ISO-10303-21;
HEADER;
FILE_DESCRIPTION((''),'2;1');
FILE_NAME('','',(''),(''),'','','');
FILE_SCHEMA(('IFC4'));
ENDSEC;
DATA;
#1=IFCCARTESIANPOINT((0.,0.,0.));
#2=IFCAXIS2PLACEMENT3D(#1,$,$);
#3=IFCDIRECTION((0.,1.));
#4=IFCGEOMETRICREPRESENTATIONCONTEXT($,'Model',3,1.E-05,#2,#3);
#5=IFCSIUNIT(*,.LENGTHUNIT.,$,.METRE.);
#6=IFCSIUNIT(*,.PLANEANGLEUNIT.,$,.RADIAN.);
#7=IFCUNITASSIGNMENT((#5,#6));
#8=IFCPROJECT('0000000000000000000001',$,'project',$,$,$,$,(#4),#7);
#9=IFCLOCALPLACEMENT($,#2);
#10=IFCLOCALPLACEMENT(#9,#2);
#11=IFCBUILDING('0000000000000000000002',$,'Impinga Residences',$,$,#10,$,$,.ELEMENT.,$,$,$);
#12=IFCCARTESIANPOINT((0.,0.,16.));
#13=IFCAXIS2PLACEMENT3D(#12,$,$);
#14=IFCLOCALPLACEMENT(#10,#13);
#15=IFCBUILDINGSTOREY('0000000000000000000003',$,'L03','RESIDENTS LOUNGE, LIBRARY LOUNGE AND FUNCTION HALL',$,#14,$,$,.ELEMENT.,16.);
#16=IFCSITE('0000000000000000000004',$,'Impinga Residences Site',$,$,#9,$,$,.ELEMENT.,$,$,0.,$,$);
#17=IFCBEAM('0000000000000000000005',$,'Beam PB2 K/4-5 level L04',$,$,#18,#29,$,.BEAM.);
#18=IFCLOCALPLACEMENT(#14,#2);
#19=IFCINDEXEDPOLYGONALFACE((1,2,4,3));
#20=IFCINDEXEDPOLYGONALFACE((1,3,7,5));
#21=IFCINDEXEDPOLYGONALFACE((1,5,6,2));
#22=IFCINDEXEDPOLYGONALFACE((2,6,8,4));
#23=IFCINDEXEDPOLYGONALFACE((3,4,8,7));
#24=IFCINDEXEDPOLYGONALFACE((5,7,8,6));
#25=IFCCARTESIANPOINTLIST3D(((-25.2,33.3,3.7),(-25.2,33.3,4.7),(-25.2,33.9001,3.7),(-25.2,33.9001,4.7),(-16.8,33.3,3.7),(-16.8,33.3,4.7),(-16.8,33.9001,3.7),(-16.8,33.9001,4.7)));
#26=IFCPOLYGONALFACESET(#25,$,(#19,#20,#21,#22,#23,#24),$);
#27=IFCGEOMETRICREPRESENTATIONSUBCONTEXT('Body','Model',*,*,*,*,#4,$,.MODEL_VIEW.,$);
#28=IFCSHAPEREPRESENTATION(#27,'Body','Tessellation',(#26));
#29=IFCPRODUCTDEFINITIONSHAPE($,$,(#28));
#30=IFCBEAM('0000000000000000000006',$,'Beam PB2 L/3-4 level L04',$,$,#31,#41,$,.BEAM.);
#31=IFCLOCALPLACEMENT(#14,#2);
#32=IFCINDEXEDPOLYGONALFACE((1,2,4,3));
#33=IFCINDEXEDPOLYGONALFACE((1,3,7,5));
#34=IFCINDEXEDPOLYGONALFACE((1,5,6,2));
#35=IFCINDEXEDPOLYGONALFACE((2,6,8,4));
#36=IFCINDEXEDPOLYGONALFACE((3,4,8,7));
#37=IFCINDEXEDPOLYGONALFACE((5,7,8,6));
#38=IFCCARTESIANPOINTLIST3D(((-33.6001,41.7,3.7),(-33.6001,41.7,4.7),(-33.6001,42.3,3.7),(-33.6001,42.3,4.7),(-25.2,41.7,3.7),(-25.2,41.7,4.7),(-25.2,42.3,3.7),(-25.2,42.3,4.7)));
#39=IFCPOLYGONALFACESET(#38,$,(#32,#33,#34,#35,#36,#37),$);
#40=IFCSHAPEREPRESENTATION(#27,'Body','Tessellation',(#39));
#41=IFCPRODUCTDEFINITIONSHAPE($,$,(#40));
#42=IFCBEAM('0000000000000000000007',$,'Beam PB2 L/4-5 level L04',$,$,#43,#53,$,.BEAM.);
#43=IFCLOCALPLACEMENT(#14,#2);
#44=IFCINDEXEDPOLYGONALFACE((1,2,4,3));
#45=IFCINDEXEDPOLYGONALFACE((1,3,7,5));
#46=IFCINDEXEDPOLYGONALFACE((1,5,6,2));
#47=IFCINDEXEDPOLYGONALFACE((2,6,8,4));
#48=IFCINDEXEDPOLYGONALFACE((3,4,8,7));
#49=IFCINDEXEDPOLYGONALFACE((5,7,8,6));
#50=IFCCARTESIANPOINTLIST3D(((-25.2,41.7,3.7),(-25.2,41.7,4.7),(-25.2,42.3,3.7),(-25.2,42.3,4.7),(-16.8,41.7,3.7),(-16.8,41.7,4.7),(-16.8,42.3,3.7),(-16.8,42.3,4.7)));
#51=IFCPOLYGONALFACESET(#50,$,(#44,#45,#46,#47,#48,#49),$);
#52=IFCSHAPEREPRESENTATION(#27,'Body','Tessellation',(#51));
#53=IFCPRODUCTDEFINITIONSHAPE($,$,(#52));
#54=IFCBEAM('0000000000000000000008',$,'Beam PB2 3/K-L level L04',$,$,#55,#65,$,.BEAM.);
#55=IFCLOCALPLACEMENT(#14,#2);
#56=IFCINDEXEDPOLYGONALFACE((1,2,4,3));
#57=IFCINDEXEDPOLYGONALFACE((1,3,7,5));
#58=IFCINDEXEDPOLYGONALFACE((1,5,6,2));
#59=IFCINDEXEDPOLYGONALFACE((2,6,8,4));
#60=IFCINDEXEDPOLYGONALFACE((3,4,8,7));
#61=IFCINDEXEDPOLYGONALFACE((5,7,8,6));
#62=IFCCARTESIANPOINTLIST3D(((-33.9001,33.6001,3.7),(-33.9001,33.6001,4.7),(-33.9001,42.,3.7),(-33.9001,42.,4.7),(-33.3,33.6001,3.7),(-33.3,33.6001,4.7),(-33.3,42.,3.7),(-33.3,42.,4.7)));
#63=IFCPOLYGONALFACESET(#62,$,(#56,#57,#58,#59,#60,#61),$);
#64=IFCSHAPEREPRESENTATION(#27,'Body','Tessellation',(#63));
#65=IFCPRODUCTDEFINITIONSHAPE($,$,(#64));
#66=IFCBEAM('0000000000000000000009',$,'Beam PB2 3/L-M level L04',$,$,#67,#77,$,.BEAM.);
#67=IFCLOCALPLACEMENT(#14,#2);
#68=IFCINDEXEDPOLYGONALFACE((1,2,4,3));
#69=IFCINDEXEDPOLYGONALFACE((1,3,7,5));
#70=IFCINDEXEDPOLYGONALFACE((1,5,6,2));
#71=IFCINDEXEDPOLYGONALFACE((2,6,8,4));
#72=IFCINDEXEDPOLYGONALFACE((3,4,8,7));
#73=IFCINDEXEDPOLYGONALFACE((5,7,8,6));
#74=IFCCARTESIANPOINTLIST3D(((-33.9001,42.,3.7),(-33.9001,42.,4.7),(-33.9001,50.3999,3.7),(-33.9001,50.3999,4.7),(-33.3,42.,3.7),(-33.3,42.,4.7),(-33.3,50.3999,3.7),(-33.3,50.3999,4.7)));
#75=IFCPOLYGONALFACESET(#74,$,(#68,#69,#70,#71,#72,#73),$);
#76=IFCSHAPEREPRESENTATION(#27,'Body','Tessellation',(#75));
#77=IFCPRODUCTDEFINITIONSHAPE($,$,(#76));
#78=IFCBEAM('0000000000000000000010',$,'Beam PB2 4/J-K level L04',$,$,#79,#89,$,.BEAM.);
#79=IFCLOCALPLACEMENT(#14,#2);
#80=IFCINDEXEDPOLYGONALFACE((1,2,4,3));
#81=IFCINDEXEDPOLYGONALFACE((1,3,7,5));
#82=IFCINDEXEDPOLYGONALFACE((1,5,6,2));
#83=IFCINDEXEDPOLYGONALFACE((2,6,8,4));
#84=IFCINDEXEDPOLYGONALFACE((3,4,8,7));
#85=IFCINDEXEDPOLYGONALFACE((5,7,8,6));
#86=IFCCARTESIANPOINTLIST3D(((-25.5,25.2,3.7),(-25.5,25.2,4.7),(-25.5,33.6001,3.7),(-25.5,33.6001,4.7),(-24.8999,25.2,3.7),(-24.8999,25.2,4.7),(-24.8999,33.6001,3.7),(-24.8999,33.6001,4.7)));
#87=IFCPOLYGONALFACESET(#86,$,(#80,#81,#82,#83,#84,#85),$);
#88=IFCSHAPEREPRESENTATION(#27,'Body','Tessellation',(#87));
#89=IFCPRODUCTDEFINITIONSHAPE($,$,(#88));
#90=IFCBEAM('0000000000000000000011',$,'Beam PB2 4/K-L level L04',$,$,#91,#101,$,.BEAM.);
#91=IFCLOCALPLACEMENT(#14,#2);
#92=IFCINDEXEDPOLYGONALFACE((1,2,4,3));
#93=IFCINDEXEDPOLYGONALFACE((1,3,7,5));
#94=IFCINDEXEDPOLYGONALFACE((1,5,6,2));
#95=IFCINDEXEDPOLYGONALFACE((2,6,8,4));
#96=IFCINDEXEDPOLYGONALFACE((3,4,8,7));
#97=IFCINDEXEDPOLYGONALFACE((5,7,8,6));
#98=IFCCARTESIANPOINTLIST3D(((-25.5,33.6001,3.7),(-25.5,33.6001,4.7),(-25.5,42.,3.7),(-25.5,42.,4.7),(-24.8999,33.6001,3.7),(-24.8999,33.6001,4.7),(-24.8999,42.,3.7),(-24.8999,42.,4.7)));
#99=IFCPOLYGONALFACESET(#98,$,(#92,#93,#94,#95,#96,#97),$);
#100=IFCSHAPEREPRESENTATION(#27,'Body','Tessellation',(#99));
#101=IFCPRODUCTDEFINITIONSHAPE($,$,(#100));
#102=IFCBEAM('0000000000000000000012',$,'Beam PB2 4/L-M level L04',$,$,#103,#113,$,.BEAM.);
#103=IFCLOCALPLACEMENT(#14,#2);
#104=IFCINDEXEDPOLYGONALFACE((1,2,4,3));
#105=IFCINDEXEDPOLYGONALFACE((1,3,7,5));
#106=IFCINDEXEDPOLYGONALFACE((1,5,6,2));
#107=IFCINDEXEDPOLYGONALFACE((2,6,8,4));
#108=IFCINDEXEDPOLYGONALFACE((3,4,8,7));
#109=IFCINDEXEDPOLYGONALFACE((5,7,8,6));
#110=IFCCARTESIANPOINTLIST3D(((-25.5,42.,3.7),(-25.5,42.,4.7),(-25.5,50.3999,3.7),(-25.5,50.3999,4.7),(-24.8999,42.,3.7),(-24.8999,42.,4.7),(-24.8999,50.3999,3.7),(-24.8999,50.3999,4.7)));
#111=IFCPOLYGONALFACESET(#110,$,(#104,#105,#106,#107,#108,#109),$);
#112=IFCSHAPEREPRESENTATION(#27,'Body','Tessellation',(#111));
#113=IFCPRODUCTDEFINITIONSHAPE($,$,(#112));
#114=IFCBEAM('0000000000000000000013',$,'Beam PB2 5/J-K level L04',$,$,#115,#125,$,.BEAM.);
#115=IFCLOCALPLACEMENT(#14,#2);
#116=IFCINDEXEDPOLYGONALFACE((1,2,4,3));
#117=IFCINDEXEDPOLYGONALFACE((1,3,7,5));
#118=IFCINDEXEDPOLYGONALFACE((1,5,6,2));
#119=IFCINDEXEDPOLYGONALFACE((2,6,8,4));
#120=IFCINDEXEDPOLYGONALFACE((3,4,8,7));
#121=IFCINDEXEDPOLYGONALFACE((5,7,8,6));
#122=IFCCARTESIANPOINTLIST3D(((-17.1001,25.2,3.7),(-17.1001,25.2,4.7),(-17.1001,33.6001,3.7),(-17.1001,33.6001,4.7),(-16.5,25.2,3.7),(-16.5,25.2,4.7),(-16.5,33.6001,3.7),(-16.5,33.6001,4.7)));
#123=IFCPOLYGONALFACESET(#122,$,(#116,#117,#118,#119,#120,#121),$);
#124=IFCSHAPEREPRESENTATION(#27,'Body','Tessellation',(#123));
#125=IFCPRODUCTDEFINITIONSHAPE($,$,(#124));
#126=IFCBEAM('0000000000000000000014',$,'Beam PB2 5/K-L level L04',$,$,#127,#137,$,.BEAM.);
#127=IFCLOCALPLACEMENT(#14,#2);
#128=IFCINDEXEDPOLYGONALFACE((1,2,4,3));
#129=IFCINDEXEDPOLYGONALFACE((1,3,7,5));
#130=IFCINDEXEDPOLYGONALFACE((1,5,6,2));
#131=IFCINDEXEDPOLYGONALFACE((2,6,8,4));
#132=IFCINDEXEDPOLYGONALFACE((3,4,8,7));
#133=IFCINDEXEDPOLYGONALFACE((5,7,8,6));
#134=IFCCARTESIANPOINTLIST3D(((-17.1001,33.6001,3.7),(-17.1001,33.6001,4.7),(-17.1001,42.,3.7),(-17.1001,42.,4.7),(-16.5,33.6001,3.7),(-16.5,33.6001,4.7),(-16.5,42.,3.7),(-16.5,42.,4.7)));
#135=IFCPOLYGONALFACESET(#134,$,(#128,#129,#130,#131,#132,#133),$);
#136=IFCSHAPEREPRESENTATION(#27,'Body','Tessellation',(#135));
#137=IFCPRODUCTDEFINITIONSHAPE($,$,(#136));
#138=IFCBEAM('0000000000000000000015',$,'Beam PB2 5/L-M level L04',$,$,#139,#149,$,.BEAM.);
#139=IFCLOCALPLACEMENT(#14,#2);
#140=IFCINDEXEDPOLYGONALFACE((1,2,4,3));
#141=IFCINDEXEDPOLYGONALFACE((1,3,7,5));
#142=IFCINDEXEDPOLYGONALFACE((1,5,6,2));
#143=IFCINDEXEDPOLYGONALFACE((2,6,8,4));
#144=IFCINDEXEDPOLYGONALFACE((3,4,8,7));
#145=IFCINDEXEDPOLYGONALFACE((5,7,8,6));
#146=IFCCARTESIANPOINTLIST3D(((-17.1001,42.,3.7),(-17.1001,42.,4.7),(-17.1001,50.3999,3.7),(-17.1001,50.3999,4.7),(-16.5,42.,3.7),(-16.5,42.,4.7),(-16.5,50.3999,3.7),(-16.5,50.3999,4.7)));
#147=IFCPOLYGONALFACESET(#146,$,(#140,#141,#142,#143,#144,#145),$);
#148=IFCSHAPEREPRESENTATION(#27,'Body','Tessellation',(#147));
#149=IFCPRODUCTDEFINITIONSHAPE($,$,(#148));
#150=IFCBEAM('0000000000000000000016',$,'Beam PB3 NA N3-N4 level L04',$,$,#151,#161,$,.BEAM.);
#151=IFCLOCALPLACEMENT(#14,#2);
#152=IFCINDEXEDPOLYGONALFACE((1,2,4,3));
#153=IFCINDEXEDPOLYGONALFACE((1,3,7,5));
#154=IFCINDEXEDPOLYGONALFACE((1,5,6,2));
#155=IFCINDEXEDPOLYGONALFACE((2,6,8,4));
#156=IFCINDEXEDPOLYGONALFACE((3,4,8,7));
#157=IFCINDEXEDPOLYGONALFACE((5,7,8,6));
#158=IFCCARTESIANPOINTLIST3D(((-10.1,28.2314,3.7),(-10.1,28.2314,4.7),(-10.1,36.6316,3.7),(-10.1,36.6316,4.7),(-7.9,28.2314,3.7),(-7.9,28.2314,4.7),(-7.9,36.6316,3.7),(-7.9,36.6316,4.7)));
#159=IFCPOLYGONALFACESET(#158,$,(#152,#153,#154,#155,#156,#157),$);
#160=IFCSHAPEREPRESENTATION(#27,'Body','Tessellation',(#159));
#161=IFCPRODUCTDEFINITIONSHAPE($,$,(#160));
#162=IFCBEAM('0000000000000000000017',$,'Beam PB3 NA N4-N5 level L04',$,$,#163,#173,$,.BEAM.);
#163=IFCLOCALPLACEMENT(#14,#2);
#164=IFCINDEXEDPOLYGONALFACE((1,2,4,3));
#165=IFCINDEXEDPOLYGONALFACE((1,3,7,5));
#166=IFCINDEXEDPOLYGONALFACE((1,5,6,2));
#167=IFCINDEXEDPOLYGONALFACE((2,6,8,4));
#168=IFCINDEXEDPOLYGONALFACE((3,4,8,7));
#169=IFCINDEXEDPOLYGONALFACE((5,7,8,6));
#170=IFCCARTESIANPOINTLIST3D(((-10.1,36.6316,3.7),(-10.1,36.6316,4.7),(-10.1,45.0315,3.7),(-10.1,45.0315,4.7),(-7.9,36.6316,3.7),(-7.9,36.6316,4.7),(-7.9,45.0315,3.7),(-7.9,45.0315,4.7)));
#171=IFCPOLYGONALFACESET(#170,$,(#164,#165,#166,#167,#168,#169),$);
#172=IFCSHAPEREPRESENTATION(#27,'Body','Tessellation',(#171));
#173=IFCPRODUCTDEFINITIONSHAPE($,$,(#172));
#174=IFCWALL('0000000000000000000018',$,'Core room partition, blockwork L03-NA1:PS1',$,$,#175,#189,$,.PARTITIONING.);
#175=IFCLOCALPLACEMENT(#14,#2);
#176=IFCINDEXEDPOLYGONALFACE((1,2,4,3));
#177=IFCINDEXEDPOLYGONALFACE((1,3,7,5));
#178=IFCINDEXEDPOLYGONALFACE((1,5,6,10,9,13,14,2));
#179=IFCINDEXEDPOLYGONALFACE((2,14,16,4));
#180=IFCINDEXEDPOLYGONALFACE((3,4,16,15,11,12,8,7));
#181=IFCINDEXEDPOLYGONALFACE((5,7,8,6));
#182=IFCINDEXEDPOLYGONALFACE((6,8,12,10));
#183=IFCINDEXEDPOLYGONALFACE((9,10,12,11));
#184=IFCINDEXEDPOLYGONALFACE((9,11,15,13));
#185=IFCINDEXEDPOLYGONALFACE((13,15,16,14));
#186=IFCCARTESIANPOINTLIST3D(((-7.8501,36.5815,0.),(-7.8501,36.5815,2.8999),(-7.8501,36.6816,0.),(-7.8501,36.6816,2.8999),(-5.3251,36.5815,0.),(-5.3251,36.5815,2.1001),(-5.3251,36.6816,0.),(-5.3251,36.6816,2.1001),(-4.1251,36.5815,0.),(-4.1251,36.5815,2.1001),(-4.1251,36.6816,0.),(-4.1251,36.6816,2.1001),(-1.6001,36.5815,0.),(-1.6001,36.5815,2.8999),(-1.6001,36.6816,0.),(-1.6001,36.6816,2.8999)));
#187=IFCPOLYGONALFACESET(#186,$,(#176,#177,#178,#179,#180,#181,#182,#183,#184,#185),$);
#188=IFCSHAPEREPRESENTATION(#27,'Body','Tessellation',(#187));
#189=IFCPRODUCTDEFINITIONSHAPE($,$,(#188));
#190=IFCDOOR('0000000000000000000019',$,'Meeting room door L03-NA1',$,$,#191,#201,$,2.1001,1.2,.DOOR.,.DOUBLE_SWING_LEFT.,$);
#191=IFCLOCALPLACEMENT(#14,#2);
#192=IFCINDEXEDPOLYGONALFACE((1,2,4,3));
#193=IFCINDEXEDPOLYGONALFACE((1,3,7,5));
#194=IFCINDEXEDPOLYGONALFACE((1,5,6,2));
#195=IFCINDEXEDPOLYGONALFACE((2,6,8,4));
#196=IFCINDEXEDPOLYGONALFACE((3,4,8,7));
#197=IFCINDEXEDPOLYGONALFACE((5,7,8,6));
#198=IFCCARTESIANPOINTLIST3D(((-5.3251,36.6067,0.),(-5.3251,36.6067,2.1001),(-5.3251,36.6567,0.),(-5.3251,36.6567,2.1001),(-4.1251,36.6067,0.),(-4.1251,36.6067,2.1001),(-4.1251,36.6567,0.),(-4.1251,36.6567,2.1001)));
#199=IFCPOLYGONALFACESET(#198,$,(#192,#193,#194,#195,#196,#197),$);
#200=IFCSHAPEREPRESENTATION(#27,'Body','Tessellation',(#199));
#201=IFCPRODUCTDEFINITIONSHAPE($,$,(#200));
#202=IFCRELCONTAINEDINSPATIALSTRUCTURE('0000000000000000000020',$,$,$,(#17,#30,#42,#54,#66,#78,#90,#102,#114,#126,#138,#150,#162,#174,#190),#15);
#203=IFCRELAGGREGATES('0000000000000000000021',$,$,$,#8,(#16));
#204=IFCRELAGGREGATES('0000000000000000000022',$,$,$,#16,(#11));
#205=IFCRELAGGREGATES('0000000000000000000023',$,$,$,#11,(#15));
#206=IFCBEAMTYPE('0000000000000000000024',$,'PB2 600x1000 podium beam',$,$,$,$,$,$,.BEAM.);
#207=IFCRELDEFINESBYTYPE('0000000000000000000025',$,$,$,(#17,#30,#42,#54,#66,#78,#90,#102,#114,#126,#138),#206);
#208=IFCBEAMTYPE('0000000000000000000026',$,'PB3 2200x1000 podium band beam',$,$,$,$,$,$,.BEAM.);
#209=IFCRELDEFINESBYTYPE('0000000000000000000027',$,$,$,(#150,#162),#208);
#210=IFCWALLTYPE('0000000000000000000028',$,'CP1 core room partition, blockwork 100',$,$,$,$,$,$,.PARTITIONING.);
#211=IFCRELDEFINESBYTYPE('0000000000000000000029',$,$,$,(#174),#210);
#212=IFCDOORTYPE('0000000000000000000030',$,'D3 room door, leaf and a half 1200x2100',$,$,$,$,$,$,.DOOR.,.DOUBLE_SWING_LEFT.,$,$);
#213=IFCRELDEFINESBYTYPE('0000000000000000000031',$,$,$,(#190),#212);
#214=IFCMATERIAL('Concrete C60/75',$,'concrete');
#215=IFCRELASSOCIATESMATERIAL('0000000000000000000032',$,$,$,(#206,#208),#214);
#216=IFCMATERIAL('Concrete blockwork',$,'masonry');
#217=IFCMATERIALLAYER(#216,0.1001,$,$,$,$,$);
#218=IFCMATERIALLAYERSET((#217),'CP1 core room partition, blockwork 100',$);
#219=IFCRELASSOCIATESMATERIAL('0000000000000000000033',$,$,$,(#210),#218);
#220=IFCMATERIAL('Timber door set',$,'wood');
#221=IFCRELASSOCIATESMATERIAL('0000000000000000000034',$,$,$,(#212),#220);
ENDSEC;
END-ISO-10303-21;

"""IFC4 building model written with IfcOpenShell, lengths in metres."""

from ifc_helpers import new_model, si_unit, direction, frame, frame_2d, origin, origin_2d, place, context, subcontext, project, spatial, rectangle, extrude, material, layer, layer_set, material_profile, profile_set, type_object, element, fill, save


model = new_model("IFC4")

# Units and contexts
model_context = context("Model", 3, precision=1e-05, world=origin(), true_north=direction((0.0, 1.0)))
body_context = subcontext(model_context, "Body", "Model", "MODEL_VIEW")
ifc_project = project(units=[si_unit("LENGTHUNIT", "METRE"), si_unit("PLANEANGLEUNIT", "RADIAN")], contexts=[model_context])

# Site, building, storey
site_placement = place(None, origin())
site = spatial("IfcSite", under=ifc_project, at=site_placement, Name="Impinga Residences Site", CompositionType="ELEMENT", RefElevation=0.0)
building_placement = place(site_placement, origin())
building = spatial("IfcBuilding", under=site, at=building_placement, Name="Impinga Residences", CompositionType="ELEMENT")
storey_placement = place(building_placement, frame((0.0, 0.0, 16.0)))
storey = spatial("IfcBuildingStorey", under=building, at=storey_placement, Name="L03", Description="RESIDENTS LOUNGE, LIBRARY LOUNGE AND FUNCTION HALL", CompositionType="ELEMENT", Elevation=16.0)

# Beams
ifc_material_1 = material(Name="Concrete C60/75", Category="concrete")
ifc_material_profile_1 = material_profile(ifc_material_1, rectangle(XDim=0.6001, YDim=1.0, at=origin_2d()), Name="RC 600x1000")
ifc_profile_set_1 = profile_set([ifc_material_profile_1], Name="Concrete C60/75")
beam_type_1 = type_object("IfcBeamType", Name="PB2 600x1000 podium beam", PredefinedType="BEAM", material=ifc_profile_set_1)
beam_1_placement = place(storey_placement, frame((-25.2, 33.6001, 4.2), z_axis=(1.0, 0.0, 0.0), x_axis=(0.0, 1.0, 0.0)))
element("IfcBeam", 1, at=beam_1_placement, inside=storey, type_object=beam_type_1, Name="Beam PB2 K/4-5 level L04", PredefinedType="BEAM", context=body_context, shape_type="SweptSolid", body=[
    extrude(rectangle(XDim=0.6001, YDim=1.0, at=origin_2d()), origin(), (0.0, 0.0, 1.0), 8.3999),
])
beam_2_placement = place(storey_placement, frame((-33.6001, 42.0, 4.2), z_axis=(1.0, 0.0, 0.0), x_axis=(0.0, 1.0, 0.0)))
element("IfcBeam", 2, at=beam_2_placement, inside=storey, type_object=beam_type_1, Name="Beam PB2 L/3-4 level L04", PredefinedType="BEAM", context=body_context, shape_type="SweptSolid", body=[
    extrude(rectangle(XDim=0.6001, YDim=1.0, at=origin_2d()), origin(), (0.0, 0.0, 1.0), 8.4001),
])
for number, where, z_axis, x_axis, name in (
    (3, (-25.2, 42.0, 4.2), (1.0, 0.0, 0.0), (0.0, 1.0, 0.0), "Beam PB2 L/4-5 level L04"),
    (4, (-33.6001, 33.6001, 4.2), (0.0, 1.0, 0.0), (-1.0, 0.0, 0.0), "Beam PB2 3/K-L level L04"),
    (5, (-33.6001, 42.0, 4.2), (0.0, 1.0, 0.0), (-1.0, 0.0, 0.0), "Beam PB2 3/L-M level L04"),
):
    element("IfcBeam", number, at=place(storey_placement, frame(where, z_axis=z_axis, x_axis=x_axis)), inside=storey, type_object=beam_type_1, Name=name, PredefinedType="BEAM", context=body_context, shape_type="SweptSolid", body=[
        extrude(rectangle(XDim=0.6001, YDim=1.0, at=origin_2d()), origin(), (0.0, 0.0, 1.0), 8.3999),
    ])
beam_3_placement = place(storey_placement, frame((-25.2, 25.2, 4.2), z_axis=(0.0, 1.0, 0.0), x_axis=(-1.0, 0.0, 0.0)))
element("IfcBeam", 6, at=beam_3_placement, inside=storey, type_object=beam_type_1, Name="Beam PB2 4/J-K level L04", PredefinedType="BEAM", context=body_context, shape_type="SweptSolid", body=[
    extrude(rectangle(XDim=0.6001, YDim=1.0, at=origin_2d()), origin(), (0.0, 0.0, 1.0), 8.4001),
])
for number, where, z_axis, x_axis, name in (
    (7, (-25.2, 33.6001, 4.2), (0.0, 1.0, 0.0), (-1.0, 0.0, 0.0), "Beam PB2 4/K-L level L04"),
    (8, (-25.2, 42.0, 4.2), (0.0, 1.0, 0.0), (-1.0, 0.0, 0.0), "Beam PB2 4/L-M level L04"),
):
    element("IfcBeam", number, at=place(storey_placement, frame(where, z_axis=z_axis, x_axis=x_axis)), inside=storey, type_object=beam_type_1, Name=name, PredefinedType="BEAM", context=body_context, shape_type="SweptSolid", body=[
        extrude(rectangle(XDim=0.6001, YDim=1.0, at=origin_2d()), origin(), (0.0, 0.0, 1.0), 8.3999),
    ])
beam_4_placement = place(storey_placement, frame((-16.8, 25.2, 4.2), z_axis=(0.0, 1.0, 0.0), x_axis=(-1.0, 0.0, 0.0)))
element("IfcBeam", 9, at=beam_4_placement, inside=storey, type_object=beam_type_1, Name="Beam PB2 5/J-K level L04", PredefinedType="BEAM", context=body_context, shape_type="SweptSolid", body=[
    extrude(rectangle(XDim=0.6001, YDim=1.0, at=origin_2d()), origin(), (0.0, 0.0, 1.0), 8.4001),
])
for number, where, z_axis, x_axis, name in (
    (10, (-16.8, 33.6001, 4.2), (0.0, 1.0, 0.0), (-1.0, 0.0, 0.0), "Beam PB2 5/K-L level L04"),
    (11, (-16.8, 42.0, 4.2), (0.0, 1.0, 0.0), (-1.0, 0.0, 0.0), "Beam PB2 5/L-M level L04"),
):
    element("IfcBeam", number, at=place(storey_placement, frame(where, z_axis=z_axis, x_axis=x_axis)), inside=storey, type_object=beam_type_1, Name=name, PredefinedType="BEAM", context=body_context, shape_type="SweptSolid", body=[
        extrude(rectangle(XDim=0.6001, YDim=1.0, at=origin_2d()), origin(), (0.0, 0.0, 1.0), 8.3999),
    ])
ifc_material_profile_2 = material_profile(ifc_material_1, rectangle(XDim=2.2, YDim=1.0, at=origin_2d()), Name="RC 2200x1000")
ifc_profile_set_2 = profile_set([ifc_material_profile_2], Name="Concrete C60/75")
beam_type_2 = type_object("IfcBeamType", Name="PB3 2200x1000 podium band beam", PredefinedType="BEAM", material=ifc_profile_set_2)
beam_5_placement = place(storey_placement, frame((-9.0, 28.2314, 4.2), z_axis=(0.0, 1.0, 0.0), x_axis=(-1.0, 0.0, 0.0)))
element("IfcBeam", 12, at=beam_5_placement, inside=storey, type_object=beam_type_2, Name="Beam PB3 NA N3-N4 level L04", PredefinedType="BEAM", context=body_context, shape_type="SweptSolid", body=[
    extrude(rectangle(XDim=2.2, YDim=1.0, at=origin_2d()), origin(), (0.0, 0.0, 1.0), 8.4001),
])
beam_6_placement = place(storey_placement, frame((-9.0, 36.6316, 4.2), z_axis=(0.0, 1.0, 0.0), x_axis=(-1.0, 0.0, 0.0)))
element("IfcBeam", 13, at=beam_6_placement, inside=storey, type_object=beam_type_2, Name="Beam PB3 NA N4-N5 level L04", PredefinedType="BEAM", context=body_context, shape_type="SweptSolid", body=[
    extrude(rectangle(XDim=2.2, YDim=1.0, at=origin_2d()), origin(), (0.0, 0.0, 1.0), 8.3999),
])

# Wall, opening, door
ifc_material_2 = material(Name="Concrete blockwork", Category="masonry")
ifc_layer_1 = layer(ifc_material_2, 0.1001)
ifc_layer_set_1 = layer_set([ifc_layer_1], Name="CP1 core room partition, blockwork 100")
wall_type_1 = type_object("IfcWallType", Name="CP1 core room partition, blockwork 100", PredefinedType="PARTITIONING", material=ifc_layer_set_1)
wall_1_placement = place(storey_placement, frame((-1.6001, 36.6316, 0.0), z_axis=(0.0, 0.0, 1.0), x_axis=(-1.0, 0.0, 0.0)))
wall_1 = element("IfcWall", 14, at=wall_1_placement, inside=storey, type_object=wall_type_1, Name="Core room partition, blockwork L03-NA1:PS1", PredefinedType="PARTITIONING", context=body_context, shape_type="SweptSolid", body=[
    extrude(rectangle(XDim=6.25, YDim=0.1001, at=frame_2d((3.125, 0.0))), origin(), (0.0, 0.0, 1.0), 2.8999),
])
opening_1_placement = place(wall_1_placement, frame((2.5249, 0.0, 0.0)))
opening_1 = element("IfcOpeningElement", 15, at=opening_1_placement, cuts=wall_1, PredefinedType="OPENING", context=body_context, shape_type="SweptSolid", body=[
    extrude(rectangle(XDim=1.2, YDim=2.1001, at=frame_2d((0.6001, 1.05))), frame((0.0, 0.0601, 0.0), z_axis=(0.0, -1.0, 0.0), x_axis=(1.0, 0.0, 0.0)), (0.0, 0.0, 1.0), 0.1201),
])
ifc_material_3 = material(Name="Timber door set", Category="wood")
door_type_1 = type_object("IfcDoorType", Name="D3 room door, leaf and a half 1200x2100", OperationType="DOUBLE_SWING_LEFT", PredefinedType="DOOR", material=ifc_material_3)
door_1_placement = place(opening_1_placement, origin())
door_1 = element("IfcDoor", 16, at=door_1_placement, inside=storey, type_object=door_type_1, Name="Meeting room door L03-NA1", OperationType="DOUBLE_SWING_LEFT", OverallHeight=2.1001, OverallWidth=1.2, PredefinedType="DOOR", context=body_context, shape_type="SweptSolid", body=[
    extrude(rectangle(XDim=1.2, YDim=2.1001, at=frame_2d((0.6001, 1.05))), frame((0.0, 0.0249, 0.0), z_axis=(0.0, -1.0, 0.0), x_axis=(1.0, 0.0, 0.0)), (0.0, 0.0, 1.0), 0.05),
])
fill(opening_1, door_1)

save(model, "model.ifc")
